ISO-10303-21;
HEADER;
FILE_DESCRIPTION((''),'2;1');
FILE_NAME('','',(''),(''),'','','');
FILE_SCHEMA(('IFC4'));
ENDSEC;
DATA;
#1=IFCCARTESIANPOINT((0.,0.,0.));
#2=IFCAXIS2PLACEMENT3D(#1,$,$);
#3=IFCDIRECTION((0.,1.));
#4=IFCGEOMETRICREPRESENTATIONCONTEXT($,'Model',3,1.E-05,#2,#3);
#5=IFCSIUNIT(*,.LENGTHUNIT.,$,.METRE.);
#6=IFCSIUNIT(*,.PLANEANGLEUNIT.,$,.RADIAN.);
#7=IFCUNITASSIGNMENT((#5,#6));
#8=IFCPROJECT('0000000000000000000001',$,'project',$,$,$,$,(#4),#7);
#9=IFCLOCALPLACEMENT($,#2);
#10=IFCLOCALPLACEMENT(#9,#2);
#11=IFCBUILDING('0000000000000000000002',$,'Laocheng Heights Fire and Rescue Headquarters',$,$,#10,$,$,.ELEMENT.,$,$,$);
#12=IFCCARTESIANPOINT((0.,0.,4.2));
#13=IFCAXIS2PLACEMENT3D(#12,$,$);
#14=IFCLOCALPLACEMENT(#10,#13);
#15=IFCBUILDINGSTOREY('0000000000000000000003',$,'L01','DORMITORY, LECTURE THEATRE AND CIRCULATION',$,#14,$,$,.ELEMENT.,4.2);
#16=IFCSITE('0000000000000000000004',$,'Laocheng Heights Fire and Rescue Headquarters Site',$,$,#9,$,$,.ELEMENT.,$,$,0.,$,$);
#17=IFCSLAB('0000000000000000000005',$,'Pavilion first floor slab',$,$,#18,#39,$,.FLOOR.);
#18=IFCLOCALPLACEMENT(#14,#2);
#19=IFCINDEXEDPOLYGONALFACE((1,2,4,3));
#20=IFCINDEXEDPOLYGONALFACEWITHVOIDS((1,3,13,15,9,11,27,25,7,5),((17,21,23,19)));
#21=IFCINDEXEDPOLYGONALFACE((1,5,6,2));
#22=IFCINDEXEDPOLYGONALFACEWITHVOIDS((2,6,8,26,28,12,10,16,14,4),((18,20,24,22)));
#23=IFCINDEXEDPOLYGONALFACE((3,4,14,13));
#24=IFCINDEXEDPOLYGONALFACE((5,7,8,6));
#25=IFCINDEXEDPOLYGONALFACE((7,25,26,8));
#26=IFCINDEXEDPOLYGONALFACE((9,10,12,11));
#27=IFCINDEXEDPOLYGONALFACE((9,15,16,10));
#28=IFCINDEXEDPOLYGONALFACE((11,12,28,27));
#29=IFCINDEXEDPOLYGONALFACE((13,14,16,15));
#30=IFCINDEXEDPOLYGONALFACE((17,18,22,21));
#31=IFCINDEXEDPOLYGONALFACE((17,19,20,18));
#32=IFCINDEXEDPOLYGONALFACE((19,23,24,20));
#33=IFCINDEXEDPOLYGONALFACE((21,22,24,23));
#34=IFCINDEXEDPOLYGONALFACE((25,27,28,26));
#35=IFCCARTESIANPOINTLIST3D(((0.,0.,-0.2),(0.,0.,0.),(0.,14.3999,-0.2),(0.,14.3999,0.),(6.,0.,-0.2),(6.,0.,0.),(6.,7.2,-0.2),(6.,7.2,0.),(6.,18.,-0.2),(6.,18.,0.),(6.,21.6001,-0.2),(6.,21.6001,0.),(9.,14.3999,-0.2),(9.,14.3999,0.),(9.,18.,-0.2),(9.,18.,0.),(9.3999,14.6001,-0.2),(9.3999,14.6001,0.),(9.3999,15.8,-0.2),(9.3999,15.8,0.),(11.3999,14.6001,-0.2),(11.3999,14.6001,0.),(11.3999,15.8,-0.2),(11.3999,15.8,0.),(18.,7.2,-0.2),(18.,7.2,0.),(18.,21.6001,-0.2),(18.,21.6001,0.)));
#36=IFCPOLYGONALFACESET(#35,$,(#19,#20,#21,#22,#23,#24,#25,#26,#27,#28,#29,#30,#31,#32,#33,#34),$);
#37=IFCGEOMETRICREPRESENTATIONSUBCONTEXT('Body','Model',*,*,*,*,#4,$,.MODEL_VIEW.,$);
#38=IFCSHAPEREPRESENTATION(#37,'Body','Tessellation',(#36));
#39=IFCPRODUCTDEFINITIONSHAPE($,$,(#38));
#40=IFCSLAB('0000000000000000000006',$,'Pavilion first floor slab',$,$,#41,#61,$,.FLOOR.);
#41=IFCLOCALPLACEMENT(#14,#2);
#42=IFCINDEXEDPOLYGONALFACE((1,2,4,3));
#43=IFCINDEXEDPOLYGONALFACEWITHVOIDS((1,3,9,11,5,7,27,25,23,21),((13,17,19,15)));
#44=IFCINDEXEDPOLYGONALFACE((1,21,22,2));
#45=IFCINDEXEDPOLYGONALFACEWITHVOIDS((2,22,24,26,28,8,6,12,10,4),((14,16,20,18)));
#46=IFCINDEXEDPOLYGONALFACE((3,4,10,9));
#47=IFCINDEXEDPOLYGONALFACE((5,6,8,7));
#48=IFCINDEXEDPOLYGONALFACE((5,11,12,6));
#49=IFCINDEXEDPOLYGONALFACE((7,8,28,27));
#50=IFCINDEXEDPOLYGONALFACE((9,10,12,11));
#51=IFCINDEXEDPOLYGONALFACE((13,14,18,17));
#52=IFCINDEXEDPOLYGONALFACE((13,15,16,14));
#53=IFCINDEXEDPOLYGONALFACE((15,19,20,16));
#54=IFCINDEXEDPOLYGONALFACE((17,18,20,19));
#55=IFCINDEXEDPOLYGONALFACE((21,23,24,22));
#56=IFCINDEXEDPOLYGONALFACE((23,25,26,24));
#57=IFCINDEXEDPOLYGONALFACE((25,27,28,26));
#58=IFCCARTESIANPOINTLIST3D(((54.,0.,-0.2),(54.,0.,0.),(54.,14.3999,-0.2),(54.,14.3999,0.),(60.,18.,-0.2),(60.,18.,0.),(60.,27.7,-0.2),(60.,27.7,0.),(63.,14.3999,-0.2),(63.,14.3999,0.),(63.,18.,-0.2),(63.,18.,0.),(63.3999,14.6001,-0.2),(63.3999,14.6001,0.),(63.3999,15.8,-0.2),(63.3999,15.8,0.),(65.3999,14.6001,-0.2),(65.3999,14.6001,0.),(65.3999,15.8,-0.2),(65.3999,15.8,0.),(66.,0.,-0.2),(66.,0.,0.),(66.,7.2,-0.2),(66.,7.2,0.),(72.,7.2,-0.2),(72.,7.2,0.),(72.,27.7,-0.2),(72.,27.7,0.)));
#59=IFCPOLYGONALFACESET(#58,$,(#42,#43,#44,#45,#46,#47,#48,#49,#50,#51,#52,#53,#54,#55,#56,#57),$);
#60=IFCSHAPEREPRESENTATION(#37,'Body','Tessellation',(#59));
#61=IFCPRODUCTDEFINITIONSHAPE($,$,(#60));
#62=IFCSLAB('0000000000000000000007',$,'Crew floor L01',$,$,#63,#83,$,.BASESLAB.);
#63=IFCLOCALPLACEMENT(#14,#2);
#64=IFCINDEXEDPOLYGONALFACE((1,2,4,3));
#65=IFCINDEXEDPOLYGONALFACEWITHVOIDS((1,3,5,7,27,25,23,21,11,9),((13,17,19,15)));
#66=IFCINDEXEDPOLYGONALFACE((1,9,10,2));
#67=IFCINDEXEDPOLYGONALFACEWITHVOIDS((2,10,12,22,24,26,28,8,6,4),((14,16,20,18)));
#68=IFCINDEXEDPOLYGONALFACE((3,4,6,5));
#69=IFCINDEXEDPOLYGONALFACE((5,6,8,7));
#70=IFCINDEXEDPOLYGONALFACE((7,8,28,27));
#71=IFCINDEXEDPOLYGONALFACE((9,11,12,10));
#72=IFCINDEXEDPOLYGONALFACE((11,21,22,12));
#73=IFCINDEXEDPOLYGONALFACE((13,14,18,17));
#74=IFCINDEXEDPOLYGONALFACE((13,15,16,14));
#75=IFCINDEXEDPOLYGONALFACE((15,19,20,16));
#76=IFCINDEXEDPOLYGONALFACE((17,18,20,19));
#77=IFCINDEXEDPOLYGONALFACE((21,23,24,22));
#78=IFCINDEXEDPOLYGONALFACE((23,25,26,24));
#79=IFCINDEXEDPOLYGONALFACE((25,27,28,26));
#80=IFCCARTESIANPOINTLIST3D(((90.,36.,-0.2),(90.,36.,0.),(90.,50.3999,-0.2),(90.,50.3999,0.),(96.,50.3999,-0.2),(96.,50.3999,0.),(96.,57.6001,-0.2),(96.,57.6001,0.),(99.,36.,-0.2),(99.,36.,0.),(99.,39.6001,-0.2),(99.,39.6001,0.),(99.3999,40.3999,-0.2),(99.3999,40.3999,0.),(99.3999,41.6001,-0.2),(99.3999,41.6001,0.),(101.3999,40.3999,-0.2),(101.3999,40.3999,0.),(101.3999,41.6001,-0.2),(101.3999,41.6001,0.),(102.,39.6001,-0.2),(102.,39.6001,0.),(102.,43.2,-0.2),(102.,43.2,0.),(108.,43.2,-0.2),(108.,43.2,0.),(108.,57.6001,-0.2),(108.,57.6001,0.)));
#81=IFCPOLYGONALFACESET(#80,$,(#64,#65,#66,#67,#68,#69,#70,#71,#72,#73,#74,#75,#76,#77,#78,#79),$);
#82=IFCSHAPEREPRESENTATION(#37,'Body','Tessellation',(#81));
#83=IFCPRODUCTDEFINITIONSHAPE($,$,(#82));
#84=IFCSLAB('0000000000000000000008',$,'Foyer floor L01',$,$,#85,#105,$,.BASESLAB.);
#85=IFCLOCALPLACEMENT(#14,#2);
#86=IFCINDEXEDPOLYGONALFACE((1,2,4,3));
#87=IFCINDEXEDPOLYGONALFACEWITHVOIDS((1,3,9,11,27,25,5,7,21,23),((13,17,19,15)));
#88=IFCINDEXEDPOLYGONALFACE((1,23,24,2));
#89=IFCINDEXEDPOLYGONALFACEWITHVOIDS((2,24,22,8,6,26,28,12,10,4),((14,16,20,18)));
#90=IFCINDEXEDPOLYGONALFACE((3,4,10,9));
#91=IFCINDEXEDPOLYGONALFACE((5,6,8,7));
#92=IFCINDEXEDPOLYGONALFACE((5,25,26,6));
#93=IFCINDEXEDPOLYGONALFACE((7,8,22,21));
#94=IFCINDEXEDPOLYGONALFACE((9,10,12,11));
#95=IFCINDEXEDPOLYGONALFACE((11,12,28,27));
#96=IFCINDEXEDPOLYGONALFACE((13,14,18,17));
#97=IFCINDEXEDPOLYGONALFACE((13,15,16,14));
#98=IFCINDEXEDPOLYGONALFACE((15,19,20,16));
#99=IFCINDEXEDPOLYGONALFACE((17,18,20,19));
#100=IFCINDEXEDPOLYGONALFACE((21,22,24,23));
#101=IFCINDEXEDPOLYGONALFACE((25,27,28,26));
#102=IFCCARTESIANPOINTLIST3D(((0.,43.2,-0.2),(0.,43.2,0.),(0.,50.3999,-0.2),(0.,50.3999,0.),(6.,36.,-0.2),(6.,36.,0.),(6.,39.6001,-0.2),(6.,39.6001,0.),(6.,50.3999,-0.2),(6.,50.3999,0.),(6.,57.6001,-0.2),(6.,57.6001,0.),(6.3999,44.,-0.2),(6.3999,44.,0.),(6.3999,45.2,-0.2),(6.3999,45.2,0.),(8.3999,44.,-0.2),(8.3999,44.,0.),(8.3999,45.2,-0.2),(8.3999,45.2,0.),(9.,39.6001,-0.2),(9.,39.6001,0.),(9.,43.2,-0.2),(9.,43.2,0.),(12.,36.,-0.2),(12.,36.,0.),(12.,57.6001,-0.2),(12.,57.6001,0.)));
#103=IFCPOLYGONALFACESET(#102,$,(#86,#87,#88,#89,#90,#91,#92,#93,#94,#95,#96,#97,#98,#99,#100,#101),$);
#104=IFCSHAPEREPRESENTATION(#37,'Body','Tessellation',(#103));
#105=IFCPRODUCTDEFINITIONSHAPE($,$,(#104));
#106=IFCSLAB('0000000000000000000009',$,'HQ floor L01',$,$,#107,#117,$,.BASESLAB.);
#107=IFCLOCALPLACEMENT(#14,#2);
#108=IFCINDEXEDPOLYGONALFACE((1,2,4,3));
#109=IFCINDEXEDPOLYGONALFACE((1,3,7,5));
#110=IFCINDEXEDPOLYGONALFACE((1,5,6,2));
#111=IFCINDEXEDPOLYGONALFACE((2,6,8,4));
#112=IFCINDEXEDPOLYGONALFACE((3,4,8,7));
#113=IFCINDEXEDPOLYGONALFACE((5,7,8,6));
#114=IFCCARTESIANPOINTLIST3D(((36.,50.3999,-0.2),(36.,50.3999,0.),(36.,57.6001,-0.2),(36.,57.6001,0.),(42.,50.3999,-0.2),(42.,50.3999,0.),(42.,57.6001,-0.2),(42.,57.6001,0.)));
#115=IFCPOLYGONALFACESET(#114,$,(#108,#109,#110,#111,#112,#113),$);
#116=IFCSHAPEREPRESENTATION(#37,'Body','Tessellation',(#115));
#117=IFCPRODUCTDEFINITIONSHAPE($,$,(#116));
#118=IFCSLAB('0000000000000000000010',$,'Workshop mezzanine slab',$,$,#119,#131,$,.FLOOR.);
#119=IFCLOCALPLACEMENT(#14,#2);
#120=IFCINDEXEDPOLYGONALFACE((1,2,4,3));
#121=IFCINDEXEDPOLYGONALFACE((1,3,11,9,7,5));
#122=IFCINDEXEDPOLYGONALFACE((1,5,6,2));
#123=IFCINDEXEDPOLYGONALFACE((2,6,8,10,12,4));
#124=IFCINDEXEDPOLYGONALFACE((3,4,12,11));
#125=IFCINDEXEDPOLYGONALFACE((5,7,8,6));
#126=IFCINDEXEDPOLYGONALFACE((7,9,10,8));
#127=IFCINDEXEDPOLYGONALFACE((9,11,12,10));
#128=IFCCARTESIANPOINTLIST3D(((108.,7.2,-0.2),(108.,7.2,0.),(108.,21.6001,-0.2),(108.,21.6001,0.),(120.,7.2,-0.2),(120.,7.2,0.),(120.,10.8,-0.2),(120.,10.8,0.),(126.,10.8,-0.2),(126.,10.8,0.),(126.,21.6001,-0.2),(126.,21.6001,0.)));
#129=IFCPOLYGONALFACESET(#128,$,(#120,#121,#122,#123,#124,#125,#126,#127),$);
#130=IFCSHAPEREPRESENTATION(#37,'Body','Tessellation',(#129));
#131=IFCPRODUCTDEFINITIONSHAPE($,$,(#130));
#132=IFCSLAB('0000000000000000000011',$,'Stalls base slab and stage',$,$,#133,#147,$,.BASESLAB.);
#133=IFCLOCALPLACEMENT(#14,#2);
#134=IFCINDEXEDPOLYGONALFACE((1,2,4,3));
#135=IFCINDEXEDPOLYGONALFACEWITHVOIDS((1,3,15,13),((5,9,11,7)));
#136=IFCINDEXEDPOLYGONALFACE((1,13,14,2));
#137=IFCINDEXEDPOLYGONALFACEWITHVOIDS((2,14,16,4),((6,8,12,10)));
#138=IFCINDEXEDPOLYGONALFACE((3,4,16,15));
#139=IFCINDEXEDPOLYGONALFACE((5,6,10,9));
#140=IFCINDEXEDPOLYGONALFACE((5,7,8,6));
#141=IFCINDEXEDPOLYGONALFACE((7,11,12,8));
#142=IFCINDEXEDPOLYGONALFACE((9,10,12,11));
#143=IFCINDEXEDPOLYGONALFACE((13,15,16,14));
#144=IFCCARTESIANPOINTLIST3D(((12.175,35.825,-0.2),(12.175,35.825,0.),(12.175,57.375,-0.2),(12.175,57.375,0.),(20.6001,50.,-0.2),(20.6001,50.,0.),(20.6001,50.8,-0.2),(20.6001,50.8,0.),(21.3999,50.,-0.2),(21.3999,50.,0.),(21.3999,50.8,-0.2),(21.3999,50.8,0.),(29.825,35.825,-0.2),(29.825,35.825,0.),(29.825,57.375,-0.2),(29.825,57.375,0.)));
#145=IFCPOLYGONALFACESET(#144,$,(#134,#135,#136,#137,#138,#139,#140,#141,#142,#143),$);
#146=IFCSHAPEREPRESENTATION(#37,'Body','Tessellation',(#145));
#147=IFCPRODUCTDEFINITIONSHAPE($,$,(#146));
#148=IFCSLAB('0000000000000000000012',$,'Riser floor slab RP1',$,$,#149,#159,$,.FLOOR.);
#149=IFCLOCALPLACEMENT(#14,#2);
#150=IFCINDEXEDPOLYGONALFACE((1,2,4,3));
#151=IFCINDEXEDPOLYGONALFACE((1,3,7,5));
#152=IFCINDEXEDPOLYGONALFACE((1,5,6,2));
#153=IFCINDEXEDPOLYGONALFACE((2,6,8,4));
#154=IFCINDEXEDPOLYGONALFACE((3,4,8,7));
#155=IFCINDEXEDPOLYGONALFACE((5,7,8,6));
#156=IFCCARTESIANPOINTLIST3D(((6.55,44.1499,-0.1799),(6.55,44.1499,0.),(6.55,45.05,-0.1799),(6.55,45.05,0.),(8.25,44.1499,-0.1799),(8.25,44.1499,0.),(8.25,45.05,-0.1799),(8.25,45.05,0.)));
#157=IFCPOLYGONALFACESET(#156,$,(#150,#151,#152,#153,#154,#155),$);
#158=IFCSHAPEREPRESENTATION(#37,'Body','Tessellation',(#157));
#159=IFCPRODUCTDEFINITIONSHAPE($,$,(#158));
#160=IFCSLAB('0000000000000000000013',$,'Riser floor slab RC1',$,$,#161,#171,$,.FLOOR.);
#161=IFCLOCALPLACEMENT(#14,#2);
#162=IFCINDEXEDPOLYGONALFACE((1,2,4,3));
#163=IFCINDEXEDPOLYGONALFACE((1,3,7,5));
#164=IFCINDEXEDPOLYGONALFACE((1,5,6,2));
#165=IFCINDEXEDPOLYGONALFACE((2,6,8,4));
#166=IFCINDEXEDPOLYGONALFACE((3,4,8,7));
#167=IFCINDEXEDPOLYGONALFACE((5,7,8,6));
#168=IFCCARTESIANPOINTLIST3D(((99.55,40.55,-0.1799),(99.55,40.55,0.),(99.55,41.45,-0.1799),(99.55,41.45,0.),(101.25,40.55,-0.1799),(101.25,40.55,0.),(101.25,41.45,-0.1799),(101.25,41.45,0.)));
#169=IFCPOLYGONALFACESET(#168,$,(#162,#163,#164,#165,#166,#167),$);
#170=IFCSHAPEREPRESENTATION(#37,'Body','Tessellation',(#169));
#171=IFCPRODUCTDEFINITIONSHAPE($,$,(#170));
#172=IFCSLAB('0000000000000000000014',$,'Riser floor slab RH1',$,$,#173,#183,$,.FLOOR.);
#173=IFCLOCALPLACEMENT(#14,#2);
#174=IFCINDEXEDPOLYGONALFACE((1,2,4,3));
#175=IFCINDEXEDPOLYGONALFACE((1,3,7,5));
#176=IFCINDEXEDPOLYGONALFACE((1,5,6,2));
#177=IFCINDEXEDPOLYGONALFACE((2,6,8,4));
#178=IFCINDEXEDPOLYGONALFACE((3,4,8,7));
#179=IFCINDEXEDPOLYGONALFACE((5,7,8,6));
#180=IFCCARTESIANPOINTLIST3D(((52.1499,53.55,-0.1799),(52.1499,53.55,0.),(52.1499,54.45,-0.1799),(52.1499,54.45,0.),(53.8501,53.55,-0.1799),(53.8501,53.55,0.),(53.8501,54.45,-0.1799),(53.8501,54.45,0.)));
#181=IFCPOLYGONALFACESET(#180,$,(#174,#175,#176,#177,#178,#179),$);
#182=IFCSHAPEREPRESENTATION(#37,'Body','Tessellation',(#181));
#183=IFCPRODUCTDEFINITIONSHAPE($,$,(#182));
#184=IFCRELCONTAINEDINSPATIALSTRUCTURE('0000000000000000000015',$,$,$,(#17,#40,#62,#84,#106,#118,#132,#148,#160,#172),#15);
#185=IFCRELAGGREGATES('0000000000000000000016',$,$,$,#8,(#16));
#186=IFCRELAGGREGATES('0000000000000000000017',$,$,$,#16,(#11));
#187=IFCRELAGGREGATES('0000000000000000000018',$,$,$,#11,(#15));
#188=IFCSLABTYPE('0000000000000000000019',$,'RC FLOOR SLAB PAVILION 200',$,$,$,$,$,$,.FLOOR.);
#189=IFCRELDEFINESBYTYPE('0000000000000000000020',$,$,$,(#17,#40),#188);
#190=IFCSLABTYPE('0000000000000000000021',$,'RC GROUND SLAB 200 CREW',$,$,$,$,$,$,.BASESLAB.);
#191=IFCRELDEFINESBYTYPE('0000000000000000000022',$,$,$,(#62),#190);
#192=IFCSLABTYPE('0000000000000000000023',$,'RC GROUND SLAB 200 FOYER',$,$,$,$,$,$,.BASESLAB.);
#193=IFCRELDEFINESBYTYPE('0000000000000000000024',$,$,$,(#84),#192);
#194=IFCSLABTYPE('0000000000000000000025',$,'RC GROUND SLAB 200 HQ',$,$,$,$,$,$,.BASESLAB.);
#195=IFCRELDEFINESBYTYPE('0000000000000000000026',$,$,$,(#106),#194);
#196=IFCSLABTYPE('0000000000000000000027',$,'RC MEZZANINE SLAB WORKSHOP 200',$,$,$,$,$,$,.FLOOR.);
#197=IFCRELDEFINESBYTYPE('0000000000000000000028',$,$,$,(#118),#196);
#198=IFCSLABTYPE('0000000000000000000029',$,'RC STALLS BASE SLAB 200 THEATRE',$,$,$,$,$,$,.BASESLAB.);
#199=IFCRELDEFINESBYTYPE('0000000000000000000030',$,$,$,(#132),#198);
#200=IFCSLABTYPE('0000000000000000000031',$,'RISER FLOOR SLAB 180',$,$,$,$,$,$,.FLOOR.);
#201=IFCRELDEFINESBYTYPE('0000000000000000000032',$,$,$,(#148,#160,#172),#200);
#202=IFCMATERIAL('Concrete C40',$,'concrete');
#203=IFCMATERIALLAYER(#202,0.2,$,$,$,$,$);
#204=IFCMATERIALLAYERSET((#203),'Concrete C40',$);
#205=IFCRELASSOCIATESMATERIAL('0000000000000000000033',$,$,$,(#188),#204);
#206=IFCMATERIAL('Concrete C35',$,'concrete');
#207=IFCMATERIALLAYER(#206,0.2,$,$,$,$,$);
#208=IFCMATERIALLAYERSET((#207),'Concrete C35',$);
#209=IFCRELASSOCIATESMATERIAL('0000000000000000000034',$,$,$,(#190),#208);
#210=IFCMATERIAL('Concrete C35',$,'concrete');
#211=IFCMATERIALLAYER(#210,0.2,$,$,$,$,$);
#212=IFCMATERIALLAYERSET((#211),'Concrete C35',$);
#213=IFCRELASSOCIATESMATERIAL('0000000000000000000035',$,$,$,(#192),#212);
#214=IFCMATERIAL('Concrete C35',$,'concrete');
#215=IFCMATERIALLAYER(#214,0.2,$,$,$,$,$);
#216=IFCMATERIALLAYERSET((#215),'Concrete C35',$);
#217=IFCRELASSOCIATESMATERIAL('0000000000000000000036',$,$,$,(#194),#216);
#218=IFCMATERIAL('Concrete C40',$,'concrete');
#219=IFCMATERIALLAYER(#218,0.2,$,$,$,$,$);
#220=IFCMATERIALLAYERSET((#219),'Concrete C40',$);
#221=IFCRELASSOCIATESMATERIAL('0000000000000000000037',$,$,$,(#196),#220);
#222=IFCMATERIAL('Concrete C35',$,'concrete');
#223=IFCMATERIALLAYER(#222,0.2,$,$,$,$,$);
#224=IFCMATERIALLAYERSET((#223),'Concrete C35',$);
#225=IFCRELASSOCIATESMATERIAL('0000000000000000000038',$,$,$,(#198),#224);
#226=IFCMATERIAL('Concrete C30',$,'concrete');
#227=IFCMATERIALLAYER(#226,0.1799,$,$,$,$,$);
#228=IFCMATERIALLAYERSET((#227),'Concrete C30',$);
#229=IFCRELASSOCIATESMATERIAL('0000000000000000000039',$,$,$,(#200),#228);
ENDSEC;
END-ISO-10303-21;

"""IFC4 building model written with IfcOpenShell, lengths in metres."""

from ifc_helpers import new_model, si_unit, direction, frame, origin, place, context, subcontext, project, spatial, polyline, outline, extrude, material, layer, layer_set, type_object, element, save


model = new_model("IFC4")

# Units and contexts
model_context = context("Model", 3, precision=1e-05, world=origin(), true_north=direction((0.0, 1.0)))
body_context = subcontext(model_context, "Body", "Model", "MODEL_VIEW")
ifc_project = project(units=[si_unit("LENGTHUNIT", "METRE"), si_unit("PLANEANGLEUNIT", "RADIAN")], contexts=[model_context])

# Site, building, storey
site_placement = place(None, origin())
site = spatial("IfcSite", under=ifc_project, at=site_placement, Name="Laocheng Heights Fire and Rescue Headquarters Site", CompositionType="ELEMENT", RefElevation=0.0)
building_placement = place(site_placement, origin())
building = spatial("IfcBuilding", under=site, at=building_placement, Name="Laocheng Heights Fire and Rescue Headquarters", CompositionType="ELEMENT")
storey_placement = place(building_placement, frame((0.0, 0.0, 4.2)))
storey = spatial("IfcBuildingStorey", under=building, at=storey_placement, Name="L01", Description="DORMITORY, LECTURE THEATRE AND CIRCULATION", CompositionType="ELEMENT", Elevation=4.2)

# Slabs
ifc_material_1 = material(Name="Concrete C40", Category="concrete")
ifc_layer_1 = layer(ifc_material_1, 0.2)
ifc_layer_set_1 = layer_set([ifc_layer_1], Name="Concrete C40")
slab_type_1 = type_object("IfcSlabType", Name="RC FLOOR SLAB PAVILION 200", PredefinedType="FLOOR", material=ifc_layer_set_1)
slab_1_placement = place(storey_placement, frame((0.0, 0.0, -0.2)))
element("IfcSlab", 1, at=slab_1_placement, inside=storey, type_object=slab_type_1, Name="Pavilion first floor slab", PredefinedType="FLOOR", context=body_context, shape_type="SweptSolid", body=[
    extrude(outline(polyline([(18.0, 7.2), (18.0, 21.6001), (6.0, 21.6001), (6.0, 18.0), (9.0, 18.0), (9.0, 14.3999), (0.0, 14.3999), (0.0, 0.0), (6.0, 0.0), (6.0, 7.2), (18.0, 7.2)]), holes=[polyline([(11.3999, 14.6001), (9.3999, 14.6001), (9.3999, 15.8), (11.3999, 15.8), (11.3999, 14.6001)])]), origin(), (0.0, 0.0, 1.0), 0.2),
])
slab_2_placement = place(storey_placement, frame((0.0, 0.0, -0.2)))
element("IfcSlab", 2, at=slab_2_placement, inside=storey, type_object=slab_type_1, Name="Pavilion first floor slab", PredefinedType="FLOOR", context=body_context, shape_type="SweptSolid", body=[
    extrude(outline(polyline([(54.0, 0.0), (66.0, 0.0), (66.0, 7.2), (72.0, 7.2), (72.0, 27.7), (60.0, 27.7), (60.0, 18.0), (63.0, 18.0), (63.0, 14.3999), (54.0, 14.3999), (54.0, 0.0)]), holes=[polyline([(65.3999, 14.6001), (63.3999, 14.6001), (63.3999, 15.8), (65.3999, 15.8), (65.3999, 14.6001)])]), origin(), (0.0, 0.0, 1.0), 0.2),
])
ifc_material_2 = material(Name="Concrete C35", Category="concrete")
ifc_layer_2 = layer(ifc_material_2, 0.2)
ifc_layer_set_2 = layer_set([ifc_layer_2], Name="Concrete C35")
slab_type_2 = type_object("IfcSlabType", Name="RC GROUND SLAB 200 CREW", PredefinedType="BASESLAB", material=ifc_layer_set_2)
slab_3_placement = place(storey_placement, frame((0.0, 0.0, -0.2)))
element("IfcSlab", 3, at=slab_3_placement, inside=storey, type_object=slab_type_2, Name="Crew floor L01", PredefinedType="BASESLAB", context=body_context, shape_type="SweptSolid", body=[
    extrude(outline(polyline([(108.0, 57.6001), (96.0, 57.6001), (96.0, 50.3999), (90.0, 50.3999), (90.0, 36.0), (99.0, 36.0), (99.0, 39.6001), (102.0, 39.6001), (102.0, 43.2), (108.0, 43.2), (108.0, 57.6001)]), holes=[polyline([(101.3999, 40.3999), (99.3999, 40.3999), (99.3999, 41.6001), (101.3999, 41.6001), (101.3999, 40.3999)])]), origin(), (0.0, 0.0, 1.0), 0.2),
])
ifc_material_3 = material(Name="Concrete C35", Category="concrete")
ifc_layer_3 = layer(ifc_material_3, 0.2)
ifc_layer_set_3 = layer_set([ifc_layer_3], Name="Concrete C35")
slab_type_3 = type_object("IfcSlabType", Name="RC GROUND SLAB 200 FOYER", PredefinedType="BASESLAB", material=ifc_layer_set_3)
slab_4_placement = place(storey_placement, frame((0.0, 0.0, -0.2)))
element("IfcSlab", 4, at=slab_4_placement, inside=storey, type_object=slab_type_3, Name="Foyer floor L01", PredefinedType="BASESLAB", context=body_context, shape_type="SweptSolid", body=[
    extrude(outline(polyline([(12.0, 57.6001), (6.0, 57.6001), (6.0, 50.3999), (0.0, 50.3999), (0.0, 43.2), (9.0, 43.2), (9.0, 39.6001), (6.0, 39.6001), (6.0, 36.0), (12.0, 36.0), (12.0, 57.6001)]), holes=[polyline([(8.3999, 45.2), (8.3999, 44.0), (6.3999, 44.0), (6.3999, 45.2), (8.3999, 45.2)])]), origin(), (0.0, 0.0, 1.0), 0.2),
])
ifc_material_4 = material(Name="Concrete C35", Category="concrete")
ifc_layer_4 = layer(ifc_material_4, 0.2)
ifc_layer_set_4 = layer_set([ifc_layer_4], Name="Concrete C35")
slab_type_4 = type_object("IfcSlabType", Name="RC GROUND SLAB 200 HQ", PredefinedType="BASESLAB", material=ifc_layer_set_4)
slab_5_placement = place(storey_placement, frame((0.0, 0.0, -0.2)))
element("IfcSlab", 5, at=slab_5_placement, inside=storey, type_object=slab_type_4, Name="HQ floor L01", PredefinedType="BASESLAB", context=body_context, shape_type="SweptSolid", body=[
    extrude(outline(polyline([(36.0, 50.3999), (42.0, 50.3999), (42.0, 57.6001), (36.0, 57.6001), (36.0, 50.3999)])), origin(), (0.0, 0.0, 1.0), 0.2),
])
ifc_material_5 = material(Name="Concrete C40", Category="concrete")
ifc_layer_5 = layer(ifc_material_5, 0.2)
ifc_layer_set_5 = layer_set([ifc_layer_5], Name="Concrete C40")
slab_type_5 = type_object("IfcSlabType", Name="RC MEZZANINE SLAB WORKSHOP 200", PredefinedType="FLOOR", material=ifc_layer_set_5)
slab_6_placement = place(storey_placement, frame((0.0, 0.0, -0.2)))
element("IfcSlab", 6, at=slab_6_placement, inside=storey, type_object=slab_type_5, Name="Workshop mezzanine slab", PredefinedType="FLOOR", context=body_context, shape_type="SweptSolid", body=[
    extrude(outline(polyline([(108.0, 7.2), (120.0, 7.2), (120.0, 10.8), (126.0, 10.8), (126.0, 21.6001), (108.0, 21.6001), (108.0, 7.2)])), origin(), (0.0, 0.0, 1.0), 0.2),
])
ifc_material_6 = material(Name="Concrete C35", Category="concrete")
ifc_layer_6 = layer(ifc_material_6, 0.2)
ifc_layer_set_6 = layer_set([ifc_layer_6], Name="Concrete C35")
slab_type_6 = type_object("IfcSlabType", Name="RC STALLS BASE SLAB 200 THEATRE", PredefinedType="BASESLAB", material=ifc_layer_set_6)
slab_7_placement = place(storey_placement, frame((0.0, 0.0, -0.2)))
element("IfcSlab", 7, at=slab_7_placement, inside=storey, type_object=slab_type_6, Name="Stalls base slab and stage", PredefinedType="BASESLAB", context=body_context, shape_type="SweptSolid", body=[
    extrude(outline(polyline([(12.175, 35.825), (29.825, 35.825), (29.825, 57.375), (12.175, 57.375), (12.175, 35.825)]), holes=[polyline([(21.3999, 50.8), (21.3999, 50.0), (20.6001, 50.0), (20.6001, 50.8), (21.3999, 50.8)])]), origin(), (0.0, 0.0, 1.0), 0.2),
])
ifc_material_7 = material(Name="Concrete C30", Category="concrete")
ifc_layer_7 = layer(ifc_material_7, 0.1799)
ifc_layer_set_7 = layer_set([ifc_layer_7], Name="Concrete C30")
slab_type_7 = type_object("IfcSlabType", Name="RISER FLOOR SLAB 180", PredefinedType="FLOOR", material=ifc_layer_set_7)
slab_8_placement = place(storey_placement, frame((0.0, 0.0, -0.1799)))
element("IfcSlab", 8, at=slab_8_placement, inside=storey, type_object=slab_type_7, Name="Riser floor slab RP1", PredefinedType="FLOOR", context=body_context, shape_type="SweptSolid", body=[
    extrude(outline(polyline([(6.55, 45.05), (6.55, 44.1499), (8.25, 44.1499), (8.25, 45.05), (6.55, 45.05)])), origin(), (0.0, 0.0, 1.0), 0.1799),
])
slab_9_placement = place(storey_placement, frame((0.0, 0.0, -0.1799)))
element("IfcSlab", 9, at=slab_9_placement, inside=storey, type_object=slab_type_7, Name="Riser floor slab RC1", PredefinedType="FLOOR", context=body_context, shape_type="SweptSolid", body=[
    extrude(outline(polyline([(99.55, 41.45), (99.55, 40.55), (101.25, 40.55), (101.25, 41.45), (99.55, 41.45)])), origin(), (0.0, 0.0, 1.0), 0.1799),
])
slab_10_placement = place(storey_placement, frame((0.0, 0.0, -0.1799)))
element("IfcSlab", 10, at=slab_10_placement, inside=storey, type_object=slab_type_7, Name="Riser floor slab RH1", PredefinedType="FLOOR", context=body_context, shape_type="SweptSolid", body=[
    extrude(outline(polyline([(52.1499, 54.45), (52.1499, 53.55), (53.8501, 53.55), (53.8501, 54.45), (52.1499, 54.45)])), origin(), (0.0, 0.0, 1.0), 0.1799),
])

save(model, "model.ifc")
